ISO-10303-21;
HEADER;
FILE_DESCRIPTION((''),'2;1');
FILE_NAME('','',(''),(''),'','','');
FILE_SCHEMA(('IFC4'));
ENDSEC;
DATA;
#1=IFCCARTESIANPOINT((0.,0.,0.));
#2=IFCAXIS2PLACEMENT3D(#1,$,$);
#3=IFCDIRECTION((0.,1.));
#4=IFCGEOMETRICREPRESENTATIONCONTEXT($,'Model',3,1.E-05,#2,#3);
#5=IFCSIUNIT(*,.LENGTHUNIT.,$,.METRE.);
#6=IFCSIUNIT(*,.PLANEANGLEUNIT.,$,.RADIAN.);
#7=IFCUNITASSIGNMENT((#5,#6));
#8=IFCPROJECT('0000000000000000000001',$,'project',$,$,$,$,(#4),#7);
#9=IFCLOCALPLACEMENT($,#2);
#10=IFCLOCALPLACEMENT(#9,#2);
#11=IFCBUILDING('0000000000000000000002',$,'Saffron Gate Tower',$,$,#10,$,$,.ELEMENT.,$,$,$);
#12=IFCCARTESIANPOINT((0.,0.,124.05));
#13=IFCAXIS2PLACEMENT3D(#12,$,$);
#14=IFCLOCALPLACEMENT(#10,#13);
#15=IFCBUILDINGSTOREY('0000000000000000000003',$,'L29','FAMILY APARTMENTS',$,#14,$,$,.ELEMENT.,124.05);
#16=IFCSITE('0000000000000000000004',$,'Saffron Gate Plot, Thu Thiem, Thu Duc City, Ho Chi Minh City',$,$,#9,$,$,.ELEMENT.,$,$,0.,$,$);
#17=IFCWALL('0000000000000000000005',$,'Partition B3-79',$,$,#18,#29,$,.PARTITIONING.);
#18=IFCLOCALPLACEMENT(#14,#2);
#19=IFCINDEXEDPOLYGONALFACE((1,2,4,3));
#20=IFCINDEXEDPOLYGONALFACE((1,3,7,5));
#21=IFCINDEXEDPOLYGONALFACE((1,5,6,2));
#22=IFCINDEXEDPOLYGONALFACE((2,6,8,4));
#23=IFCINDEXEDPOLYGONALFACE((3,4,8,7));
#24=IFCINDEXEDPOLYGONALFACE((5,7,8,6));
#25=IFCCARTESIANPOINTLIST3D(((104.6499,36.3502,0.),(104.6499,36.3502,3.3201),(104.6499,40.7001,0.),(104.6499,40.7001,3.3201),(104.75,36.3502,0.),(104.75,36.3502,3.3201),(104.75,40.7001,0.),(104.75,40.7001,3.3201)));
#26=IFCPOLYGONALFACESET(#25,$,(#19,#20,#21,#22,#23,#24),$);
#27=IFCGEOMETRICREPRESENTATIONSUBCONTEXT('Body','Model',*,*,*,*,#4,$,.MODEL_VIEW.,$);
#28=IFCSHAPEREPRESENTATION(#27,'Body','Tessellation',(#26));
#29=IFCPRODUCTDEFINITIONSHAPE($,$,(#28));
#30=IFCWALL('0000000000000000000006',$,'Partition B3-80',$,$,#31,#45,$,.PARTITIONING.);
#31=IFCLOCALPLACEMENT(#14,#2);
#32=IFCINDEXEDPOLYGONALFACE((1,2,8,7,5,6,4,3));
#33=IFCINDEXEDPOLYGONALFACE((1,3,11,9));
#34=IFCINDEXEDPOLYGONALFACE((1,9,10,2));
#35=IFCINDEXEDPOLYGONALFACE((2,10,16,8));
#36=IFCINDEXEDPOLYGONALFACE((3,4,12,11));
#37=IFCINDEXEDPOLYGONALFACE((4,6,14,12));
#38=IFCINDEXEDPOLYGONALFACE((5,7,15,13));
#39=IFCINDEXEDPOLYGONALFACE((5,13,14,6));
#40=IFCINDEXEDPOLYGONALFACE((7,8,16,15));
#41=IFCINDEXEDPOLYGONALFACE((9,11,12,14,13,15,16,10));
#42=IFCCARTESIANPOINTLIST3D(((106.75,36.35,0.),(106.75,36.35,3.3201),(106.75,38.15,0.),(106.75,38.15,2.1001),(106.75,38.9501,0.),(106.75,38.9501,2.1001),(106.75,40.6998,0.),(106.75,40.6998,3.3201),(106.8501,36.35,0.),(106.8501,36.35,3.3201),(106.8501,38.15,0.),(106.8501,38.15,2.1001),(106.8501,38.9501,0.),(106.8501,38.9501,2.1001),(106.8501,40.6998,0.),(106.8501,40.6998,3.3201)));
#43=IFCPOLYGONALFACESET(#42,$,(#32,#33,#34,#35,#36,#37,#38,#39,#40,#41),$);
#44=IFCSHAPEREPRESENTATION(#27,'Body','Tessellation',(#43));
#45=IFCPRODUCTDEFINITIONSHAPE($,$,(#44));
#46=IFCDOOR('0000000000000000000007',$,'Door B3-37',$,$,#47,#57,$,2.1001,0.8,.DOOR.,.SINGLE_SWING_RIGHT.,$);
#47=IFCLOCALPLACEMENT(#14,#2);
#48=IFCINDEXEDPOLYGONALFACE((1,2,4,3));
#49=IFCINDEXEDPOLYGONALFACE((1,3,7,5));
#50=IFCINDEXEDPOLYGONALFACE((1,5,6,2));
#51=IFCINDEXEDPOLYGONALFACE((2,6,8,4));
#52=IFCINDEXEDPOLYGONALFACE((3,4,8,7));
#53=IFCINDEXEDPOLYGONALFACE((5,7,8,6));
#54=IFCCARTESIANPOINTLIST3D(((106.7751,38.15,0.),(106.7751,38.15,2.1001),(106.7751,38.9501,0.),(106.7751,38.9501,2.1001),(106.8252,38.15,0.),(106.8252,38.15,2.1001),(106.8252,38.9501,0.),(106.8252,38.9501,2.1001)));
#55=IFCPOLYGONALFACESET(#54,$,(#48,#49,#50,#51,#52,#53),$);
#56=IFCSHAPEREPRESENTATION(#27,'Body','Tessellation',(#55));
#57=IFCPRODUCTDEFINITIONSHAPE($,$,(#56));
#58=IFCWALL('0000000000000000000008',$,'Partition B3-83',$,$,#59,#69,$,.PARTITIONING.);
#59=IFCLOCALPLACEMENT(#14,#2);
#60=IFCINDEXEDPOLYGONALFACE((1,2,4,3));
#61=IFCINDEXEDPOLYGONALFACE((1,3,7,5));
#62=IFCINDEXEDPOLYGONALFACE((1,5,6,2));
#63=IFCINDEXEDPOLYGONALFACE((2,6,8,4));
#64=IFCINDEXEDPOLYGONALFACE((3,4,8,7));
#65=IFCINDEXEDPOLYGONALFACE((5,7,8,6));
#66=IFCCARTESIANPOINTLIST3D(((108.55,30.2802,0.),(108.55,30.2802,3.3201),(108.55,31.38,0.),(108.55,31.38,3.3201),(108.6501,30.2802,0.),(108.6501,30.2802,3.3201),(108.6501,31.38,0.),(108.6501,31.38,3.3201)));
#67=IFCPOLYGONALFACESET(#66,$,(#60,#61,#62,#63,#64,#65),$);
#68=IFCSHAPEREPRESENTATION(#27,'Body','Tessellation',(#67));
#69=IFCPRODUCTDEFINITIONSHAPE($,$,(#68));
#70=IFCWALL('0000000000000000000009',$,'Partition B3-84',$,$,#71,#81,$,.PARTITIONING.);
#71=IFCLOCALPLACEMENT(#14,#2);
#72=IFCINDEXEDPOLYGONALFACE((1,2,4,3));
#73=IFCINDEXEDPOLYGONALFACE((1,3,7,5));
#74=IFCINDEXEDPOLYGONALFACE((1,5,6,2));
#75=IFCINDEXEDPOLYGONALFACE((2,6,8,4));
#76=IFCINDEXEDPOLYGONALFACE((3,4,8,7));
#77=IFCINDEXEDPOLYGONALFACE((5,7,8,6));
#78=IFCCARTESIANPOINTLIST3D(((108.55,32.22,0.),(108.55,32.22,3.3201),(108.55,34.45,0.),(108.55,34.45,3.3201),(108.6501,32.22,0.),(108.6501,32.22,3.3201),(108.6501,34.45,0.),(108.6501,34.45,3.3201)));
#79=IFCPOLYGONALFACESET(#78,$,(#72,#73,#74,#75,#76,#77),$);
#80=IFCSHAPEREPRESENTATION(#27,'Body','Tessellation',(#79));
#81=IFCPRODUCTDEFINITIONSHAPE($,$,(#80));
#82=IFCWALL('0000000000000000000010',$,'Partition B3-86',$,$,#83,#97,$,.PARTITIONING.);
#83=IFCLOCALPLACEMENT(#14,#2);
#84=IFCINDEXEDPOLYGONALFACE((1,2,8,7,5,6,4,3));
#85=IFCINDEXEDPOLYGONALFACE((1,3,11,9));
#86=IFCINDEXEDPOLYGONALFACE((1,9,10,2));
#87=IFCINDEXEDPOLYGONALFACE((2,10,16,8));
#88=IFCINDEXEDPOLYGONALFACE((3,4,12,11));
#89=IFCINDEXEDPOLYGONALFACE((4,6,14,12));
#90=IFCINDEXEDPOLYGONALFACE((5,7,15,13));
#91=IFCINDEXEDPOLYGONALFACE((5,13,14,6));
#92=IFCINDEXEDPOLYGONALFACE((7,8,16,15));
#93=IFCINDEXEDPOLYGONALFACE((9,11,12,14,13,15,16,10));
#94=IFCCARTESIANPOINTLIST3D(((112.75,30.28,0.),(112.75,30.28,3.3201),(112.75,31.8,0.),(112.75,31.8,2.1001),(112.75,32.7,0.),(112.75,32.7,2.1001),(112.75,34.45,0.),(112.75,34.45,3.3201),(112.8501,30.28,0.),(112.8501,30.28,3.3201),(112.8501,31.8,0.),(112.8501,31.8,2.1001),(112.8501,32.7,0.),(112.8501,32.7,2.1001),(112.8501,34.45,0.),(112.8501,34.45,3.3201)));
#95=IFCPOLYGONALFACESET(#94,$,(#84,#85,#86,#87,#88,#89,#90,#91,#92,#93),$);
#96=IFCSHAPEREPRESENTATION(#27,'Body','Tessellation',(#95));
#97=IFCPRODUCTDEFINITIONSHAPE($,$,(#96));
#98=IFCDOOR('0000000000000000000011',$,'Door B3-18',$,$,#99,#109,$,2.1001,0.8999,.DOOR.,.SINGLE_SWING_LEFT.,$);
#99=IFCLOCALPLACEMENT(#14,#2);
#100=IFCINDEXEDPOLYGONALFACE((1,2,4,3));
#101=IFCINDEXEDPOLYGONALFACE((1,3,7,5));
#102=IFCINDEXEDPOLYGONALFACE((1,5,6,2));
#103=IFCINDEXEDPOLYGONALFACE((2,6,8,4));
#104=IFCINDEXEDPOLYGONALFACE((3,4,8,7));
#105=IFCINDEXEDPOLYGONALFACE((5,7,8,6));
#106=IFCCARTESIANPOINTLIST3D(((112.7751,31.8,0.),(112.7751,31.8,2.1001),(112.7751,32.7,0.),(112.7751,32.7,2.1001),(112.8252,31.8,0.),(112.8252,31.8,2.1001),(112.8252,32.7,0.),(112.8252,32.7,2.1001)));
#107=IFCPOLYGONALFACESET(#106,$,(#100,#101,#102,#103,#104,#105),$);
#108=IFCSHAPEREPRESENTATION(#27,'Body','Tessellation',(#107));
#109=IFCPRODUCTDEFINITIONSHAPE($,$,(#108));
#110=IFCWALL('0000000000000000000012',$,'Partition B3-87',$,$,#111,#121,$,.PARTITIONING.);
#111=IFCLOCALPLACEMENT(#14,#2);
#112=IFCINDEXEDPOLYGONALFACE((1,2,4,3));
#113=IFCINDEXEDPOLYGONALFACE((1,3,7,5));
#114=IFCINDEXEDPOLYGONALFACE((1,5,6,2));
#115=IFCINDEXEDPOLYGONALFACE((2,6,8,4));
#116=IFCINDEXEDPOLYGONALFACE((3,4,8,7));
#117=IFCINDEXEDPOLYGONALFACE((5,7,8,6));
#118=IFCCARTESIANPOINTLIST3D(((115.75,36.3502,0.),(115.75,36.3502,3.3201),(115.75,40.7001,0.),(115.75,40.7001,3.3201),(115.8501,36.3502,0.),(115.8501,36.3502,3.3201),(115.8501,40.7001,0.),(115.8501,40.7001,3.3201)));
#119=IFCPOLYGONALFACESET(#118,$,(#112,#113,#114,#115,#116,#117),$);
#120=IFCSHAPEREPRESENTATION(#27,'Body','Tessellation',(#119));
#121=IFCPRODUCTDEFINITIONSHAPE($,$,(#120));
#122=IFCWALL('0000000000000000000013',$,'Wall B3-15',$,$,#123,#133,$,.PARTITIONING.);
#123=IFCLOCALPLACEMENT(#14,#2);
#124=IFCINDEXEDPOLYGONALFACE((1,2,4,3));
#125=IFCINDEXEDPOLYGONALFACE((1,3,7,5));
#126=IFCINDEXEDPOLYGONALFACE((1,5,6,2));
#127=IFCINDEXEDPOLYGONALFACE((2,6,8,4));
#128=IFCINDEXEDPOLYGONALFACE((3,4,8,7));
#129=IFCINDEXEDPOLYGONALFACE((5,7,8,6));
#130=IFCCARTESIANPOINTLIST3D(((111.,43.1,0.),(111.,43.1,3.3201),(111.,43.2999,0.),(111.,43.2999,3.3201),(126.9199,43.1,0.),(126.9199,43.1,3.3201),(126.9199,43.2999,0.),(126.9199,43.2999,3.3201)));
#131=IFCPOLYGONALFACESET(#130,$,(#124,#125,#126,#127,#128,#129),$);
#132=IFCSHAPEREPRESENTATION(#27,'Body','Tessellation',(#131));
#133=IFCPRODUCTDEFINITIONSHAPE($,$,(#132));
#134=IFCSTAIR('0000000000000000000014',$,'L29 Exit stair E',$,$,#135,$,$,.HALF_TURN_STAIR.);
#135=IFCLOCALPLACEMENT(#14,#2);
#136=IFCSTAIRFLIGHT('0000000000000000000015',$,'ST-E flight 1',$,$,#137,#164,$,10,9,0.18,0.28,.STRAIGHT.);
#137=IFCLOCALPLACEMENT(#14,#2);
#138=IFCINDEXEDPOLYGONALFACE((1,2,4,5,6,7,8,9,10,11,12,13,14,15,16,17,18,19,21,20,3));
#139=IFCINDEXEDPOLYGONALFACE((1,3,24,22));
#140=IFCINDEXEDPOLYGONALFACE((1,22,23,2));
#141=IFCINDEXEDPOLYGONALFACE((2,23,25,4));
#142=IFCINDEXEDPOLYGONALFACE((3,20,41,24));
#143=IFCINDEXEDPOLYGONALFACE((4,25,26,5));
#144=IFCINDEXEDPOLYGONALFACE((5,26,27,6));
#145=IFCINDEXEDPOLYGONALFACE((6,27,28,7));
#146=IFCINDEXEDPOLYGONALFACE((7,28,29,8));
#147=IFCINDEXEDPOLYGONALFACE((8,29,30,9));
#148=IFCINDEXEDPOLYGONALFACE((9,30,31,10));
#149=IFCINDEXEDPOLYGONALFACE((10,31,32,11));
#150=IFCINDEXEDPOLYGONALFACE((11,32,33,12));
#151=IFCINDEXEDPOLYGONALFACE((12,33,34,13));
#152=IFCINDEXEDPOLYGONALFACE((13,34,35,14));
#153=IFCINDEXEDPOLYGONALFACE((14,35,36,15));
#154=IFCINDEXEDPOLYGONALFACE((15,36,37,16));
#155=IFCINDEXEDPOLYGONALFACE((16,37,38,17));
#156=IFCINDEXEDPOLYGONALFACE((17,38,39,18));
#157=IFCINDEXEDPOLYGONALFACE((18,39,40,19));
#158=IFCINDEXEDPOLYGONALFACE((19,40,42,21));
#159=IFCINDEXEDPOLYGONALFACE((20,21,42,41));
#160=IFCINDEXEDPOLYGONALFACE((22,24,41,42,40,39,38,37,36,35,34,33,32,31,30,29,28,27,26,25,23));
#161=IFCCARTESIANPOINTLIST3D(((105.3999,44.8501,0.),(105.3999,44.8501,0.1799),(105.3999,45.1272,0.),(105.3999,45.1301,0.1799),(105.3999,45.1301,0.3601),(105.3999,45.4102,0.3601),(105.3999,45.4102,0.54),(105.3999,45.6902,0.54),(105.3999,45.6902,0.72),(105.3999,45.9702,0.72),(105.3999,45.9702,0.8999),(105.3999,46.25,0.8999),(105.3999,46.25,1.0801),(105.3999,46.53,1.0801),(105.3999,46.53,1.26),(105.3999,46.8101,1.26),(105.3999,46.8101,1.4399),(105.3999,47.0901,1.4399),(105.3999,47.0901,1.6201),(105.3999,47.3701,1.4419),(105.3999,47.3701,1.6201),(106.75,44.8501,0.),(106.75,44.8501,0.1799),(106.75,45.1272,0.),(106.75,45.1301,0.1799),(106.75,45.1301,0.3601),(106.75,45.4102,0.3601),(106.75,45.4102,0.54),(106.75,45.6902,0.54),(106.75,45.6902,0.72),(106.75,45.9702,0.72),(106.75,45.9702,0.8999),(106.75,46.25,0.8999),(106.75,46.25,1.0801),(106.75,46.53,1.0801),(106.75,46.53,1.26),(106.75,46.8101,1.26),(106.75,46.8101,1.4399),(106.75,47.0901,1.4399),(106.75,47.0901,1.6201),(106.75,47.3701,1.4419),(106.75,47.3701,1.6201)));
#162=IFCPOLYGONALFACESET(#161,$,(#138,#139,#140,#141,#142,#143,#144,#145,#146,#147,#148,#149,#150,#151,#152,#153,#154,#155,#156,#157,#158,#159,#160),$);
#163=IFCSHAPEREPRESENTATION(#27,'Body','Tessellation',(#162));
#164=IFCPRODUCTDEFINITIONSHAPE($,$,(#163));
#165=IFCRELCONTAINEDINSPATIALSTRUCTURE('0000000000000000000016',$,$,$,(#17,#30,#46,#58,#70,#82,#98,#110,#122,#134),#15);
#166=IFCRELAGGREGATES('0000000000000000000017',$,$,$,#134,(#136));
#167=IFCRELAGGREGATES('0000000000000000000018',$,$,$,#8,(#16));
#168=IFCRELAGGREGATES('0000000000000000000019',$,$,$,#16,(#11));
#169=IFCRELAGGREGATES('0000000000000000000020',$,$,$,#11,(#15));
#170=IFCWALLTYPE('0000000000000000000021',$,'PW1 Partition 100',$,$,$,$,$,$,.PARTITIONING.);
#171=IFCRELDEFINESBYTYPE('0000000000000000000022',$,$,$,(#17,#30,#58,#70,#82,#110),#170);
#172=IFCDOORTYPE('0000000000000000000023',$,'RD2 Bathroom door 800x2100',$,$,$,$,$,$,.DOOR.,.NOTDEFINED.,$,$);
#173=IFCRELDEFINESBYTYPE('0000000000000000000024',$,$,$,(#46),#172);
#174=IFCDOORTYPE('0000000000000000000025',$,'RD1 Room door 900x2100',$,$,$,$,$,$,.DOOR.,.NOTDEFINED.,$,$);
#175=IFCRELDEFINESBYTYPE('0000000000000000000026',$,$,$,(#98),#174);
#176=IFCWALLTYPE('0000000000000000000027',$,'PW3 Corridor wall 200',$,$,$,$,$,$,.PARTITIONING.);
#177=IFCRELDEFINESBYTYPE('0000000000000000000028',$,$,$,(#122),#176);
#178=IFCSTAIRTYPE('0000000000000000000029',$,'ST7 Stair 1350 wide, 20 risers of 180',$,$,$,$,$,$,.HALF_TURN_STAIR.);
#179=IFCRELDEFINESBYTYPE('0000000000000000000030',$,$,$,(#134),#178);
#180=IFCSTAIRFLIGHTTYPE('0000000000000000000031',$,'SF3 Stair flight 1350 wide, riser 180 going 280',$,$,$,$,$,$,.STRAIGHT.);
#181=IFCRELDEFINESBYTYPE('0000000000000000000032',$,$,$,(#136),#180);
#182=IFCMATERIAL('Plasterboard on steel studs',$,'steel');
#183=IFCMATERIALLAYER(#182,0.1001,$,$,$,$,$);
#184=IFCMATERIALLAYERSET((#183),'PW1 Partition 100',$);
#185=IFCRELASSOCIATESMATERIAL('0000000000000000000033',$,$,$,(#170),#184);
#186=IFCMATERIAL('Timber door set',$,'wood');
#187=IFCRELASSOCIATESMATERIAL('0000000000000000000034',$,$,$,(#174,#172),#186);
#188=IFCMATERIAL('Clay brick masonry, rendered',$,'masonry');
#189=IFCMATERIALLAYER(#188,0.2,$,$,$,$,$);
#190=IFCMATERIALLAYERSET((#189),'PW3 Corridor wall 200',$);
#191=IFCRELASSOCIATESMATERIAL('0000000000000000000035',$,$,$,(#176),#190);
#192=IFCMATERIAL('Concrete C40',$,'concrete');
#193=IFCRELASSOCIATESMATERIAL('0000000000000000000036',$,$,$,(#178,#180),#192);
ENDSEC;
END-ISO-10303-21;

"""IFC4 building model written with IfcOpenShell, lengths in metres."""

from ifc_helpers import new_model, si_unit, direction, frame, frame_2d, origin, place, context, subcontext, project, spatial, polyline, rectangle, outline, extrude, material, layer, layer_set, type_object, element, fill, aggregate, save


model = new_model("IFC4")

# Units and contexts
model_context = context("Model", 3, precision=1e-05, world=origin(), true_north=direction((0.0, 1.0)))
body_context = subcontext(model_context, "Body", "Model", "MODEL_VIEW")
ifc_project = project(units=[si_unit("LENGTHUNIT", "METRE"), si_unit("PLANEANGLEUNIT", "RADIAN")], contexts=[model_context])

# Site, building, storey
site_placement = place(None, origin())
site = spatial("IfcSite", under=ifc_project, at=site_placement, Name="Saffron Gate Plot, Thu Thiem, Thu Duc City, Ho Chi Minh City", CompositionType="ELEMENT", RefElevation=0.0)
building_placement = place(site_placement, origin())
building = spatial("IfcBuilding", under=site, at=building_placement, Name="Saffron Gate Tower", CompositionType="ELEMENT")
storey_placement = place(building_placement, frame((0.0, 0.0, 124.05)))
storey = spatial("IfcBuildingStorey", under=building, at=storey_placement, Name="L29", Description="FAMILY APARTMENTS", CompositionType="ELEMENT", Elevation=124.05)

# Shared definitions
ifc_material_1 = material(Name="Plasterboard on steel studs", Category="steel")
ifc_layer_1 = layer(ifc_material_1, 0.1001)
ifc_layer_set_1 = layer_set([ifc_layer_1], Name="PW1 Partition 100")
wall_type_1 = type_object("IfcWallType", Name="PW1 Partition 100", PredefinedType="PARTITIONING", material=ifc_layer_set_1)
ifc_material_2 = material(Name="Timber door set", Category="wood")
door_type_1 = type_object("IfcDoorType", Name="RD1 Room door 900x2100", OperationType="NOTDEFINED", PredefinedType="DOOR", material=ifc_material_2)

# Wall
wall_1_placement = place(storey_placement, frame((104.7, 40.7, 0.0), z_axis=(0.0, 0.0, 1.0), x_axis=(0.0, -1.0, 0.0)))
element("IfcWall", 1, at=wall_1_placement, inside=storey, type_object=wall_type_1, Name="Partition B3-79", PredefinedType="PARTITIONING", context=body_context, shape_type="SweptSolid", body=[
    extrude(rectangle(XDim=4.3499, YDim=0.1001, at=frame_2d((2.1748, 0.0))), origin(), (0.0, 0.0, 1.0), 3.3201),
])

# Wall, opening, door
wall_2_placement = place(storey_placement, frame((106.8, 36.3501, 0.0), z_axis=(0.0, 0.0, 1.0), x_axis=(0.0, 1.0, 0.0)))
wall_2 = element("IfcWall", 2, at=wall_2_placement, inside=storey, type_object=wall_type_1, Name="Partition B3-80", PredefinedType="PARTITIONING", context=body_context, shape_type="SweptSolid", body=[
    extrude(rectangle(XDim=4.3499, YDim=0.1001, at=frame_2d((2.1748, 0.0))), origin(), (0.0, 0.0, 1.0), 3.3201),
])
opening_1_placement = place(wall_2_placement, frame((1.8, 0.0, 0.0)))
opening_1 = element("IfcOpeningElement", 3, at=opening_1_placement, cuts=wall_2, PredefinedType="OPENING", context=body_context, shape_type="SweptSolid", body=[
    extrude(rectangle(XDim=0.8, YDim=2.1001, at=frame_2d((0.3999, 1.05))), frame((0.0, 0.0601, 0.0), z_axis=(0.0, -1.0, 0.0), x_axis=(1.0, 0.0, 0.0)), (0.0, 0.0, 1.0), 0.1201),
])
door_type_2 = type_object("IfcDoorType", Name="RD2 Bathroom door 800x2100", OperationType="NOTDEFINED", PredefinedType="DOOR", material=ifc_material_2)
door_1_placement = place(opening_1_placement, origin())
door_1 = element("IfcDoor", 4, at=door_1_placement, inside=storey, type_object=door_type_2, Name="Door B3-37", OperationType="SINGLE_SWING_RIGHT", OverallHeight=2.1001, OverallWidth=0.8, PredefinedType="DOOR", context=body_context, shape_type="SweptSolid", body=[
    extrude(rectangle(XDim=0.8, YDim=2.1001, at=frame_2d((0.3999, 1.05))), frame((0.0, 0.0249, 0.0), z_axis=(0.0, -1.0, 0.0), x_axis=(1.0, 0.0, 0.0)), (0.0, 0.0, 1.0), 0.05),
])
fill(opening_1, door_1)

# Walls
wall_3_placement = place(storey_placement, frame((108.6001, 31.3799, 0.0), z_axis=(0.0, 0.0, 1.0), x_axis=(0.0, -1.0, 0.0)))
element("IfcWall", 5, at=wall_3_placement, inside=storey, type_object=wall_type_1, Name="Partition B3-83", PredefinedType="PARTITIONING", context=body_context, shape_type="SweptSolid", body=[
    extrude(rectangle(XDim=1.0999, YDim=0.1001, at=frame_2d((0.5498, 0.0))), origin(), (0.0, 0.0, 1.0), 3.3201),
])
wall_4_placement = place(storey_placement, frame((108.6001, 34.45, 0.0), z_axis=(0.0, 0.0, 1.0), x_axis=(0.0, -1.0, 0.0)))
element("IfcWall", 6, at=wall_4_placement, inside=storey, type_object=wall_type_1, Name="Partition B3-84", PredefinedType="PARTITIONING", context=body_context, shape_type="SweptSolid", body=[
    extrude(rectangle(XDim=2.23, YDim=0.1001, at=frame_2d((1.115, 0.0))), origin(), (0.0, 0.0, 1.0), 3.3201),
])

# Wall, opening, door
wall_5_placement = place(storey_placement, frame((112.8, 30.28, 0.0), z_axis=(0.0, 0.0, 1.0), x_axis=(0.0, 1.0, 0.0)))
wall_5 = element("IfcWall", 7, at=wall_5_placement, inside=storey, type_object=wall_type_1, Name="Partition B3-86", PredefinedType="PARTITIONING", context=body_context, shape_type="SweptSolid", body=[
    extrude(rectangle(XDim=4.1699, YDim=0.1001, at=frame_2d((2.085, 0.0))), origin(), (0.0, 0.0, 1.0), 3.3201),
])
opening_2_placement = place(wall_5_placement, frame((1.52, 0.0, 0.0)))
opening_2 = element("IfcOpeningElement", 8, at=opening_2_placement, cuts=wall_5, PredefinedType="OPENING", context=body_context, shape_type="SweptSolid", body=[
    extrude(rectangle(XDim=0.8999, YDim=2.1001, at=frame_2d((0.45, 1.05))), frame((0.0, 0.0601, 0.0), z_axis=(0.0, -1.0, 0.0), x_axis=(1.0, 0.0, 0.0)), (0.0, 0.0, 1.0), 0.1201),
])
door_2_placement = place(opening_2_placement, origin())
door_2 = element("IfcDoor", 9, at=door_2_placement, inside=storey, type_object=door_type_1, Name="Door B3-18", OperationType="SINGLE_SWING_LEFT", OverallHeight=2.1001, OverallWidth=0.8999, PredefinedType="DOOR", context=body_context, shape_type="SweptSolid", body=[
    extrude(rectangle(XDim=0.8999, YDim=2.1001, at=frame_2d((0.45, 1.05))), frame((0.0, 0.0249, 0.0), z_axis=(0.0, -1.0, 0.0), x_axis=(1.0, 0.0, 0.0)), (0.0, 0.0, 1.0), 0.05),
])
fill(opening_2, door_2)

# Walls
wall_6_placement = place(storey_placement, frame((115.8, 40.7, 0.0), z_axis=(0.0, 0.0, 1.0), x_axis=(0.0, -1.0, 0.0)))
element("IfcWall", 10, at=wall_6_placement, inside=storey, type_object=wall_type_1, Name="Partition B3-87", PredefinedType="PARTITIONING", context=body_context, shape_type="SweptSolid", body=[
    extrude(rectangle(XDim=4.3499, YDim=0.1001, at=frame_2d((2.1748, 0.0))), origin(), (0.0, 0.0, 1.0), 3.3201),
])
ifc_material_3 = material(Name="Clay brick masonry, rendered", Category="masonry")
ifc_layer_2 = layer(ifc_material_3, 0.2)
ifc_layer_set_2 = layer_set([ifc_layer_2], Name="PW3 Corridor wall 200")
wall_type_2 = type_object("IfcWallType", Name="PW3 Corridor wall 200", PredefinedType="PARTITIONING", material=ifc_layer_set_2)
wall_7_placement = place(storey_placement, frame((111.0, 43.2, 0.0), z_axis=(0.0, 0.0, 1.0), x_axis=(1.0, 0.0, 0.0)))
element("IfcWall", 11, at=wall_7_placement, inside=storey, type_object=wall_type_2, Name="Wall B3-15", PredefinedType="PARTITIONING", context=body_context, shape_type="SweptSolid", body=[
    extrude(rectangle(XDim=15.9199, YDim=0.2, at=frame_2d((7.96, 0.0))), origin(), (0.0, 0.0, 1.0), 3.3201),
])

# Stair, stair flight
ifc_material_4 = material(Name="Concrete C40", Category="concrete")
stair_type = type_object("IfcStairType", Name="ST7 Stair 1350 wide, 20 risers of 180", PredefinedType="HALF_TURN_STAIR", material=ifc_material_4)
stair_placement = place(storey_placement, origin())
stair = element("IfcStair", 12, at=stair_placement, inside=storey, type_object=stair_type, Name="L29 Exit stair E", PredefinedType="HALF_TURN_STAIR")
stair_flight_type = type_object("IfcStairFlightType", Name="SF3 Stair flight 1350 wide, riser 180 going 280", PredefinedType="STRAIGHT", material=ifc_material_4)
stair_flight_placement = place(storey_placement, frame((106.075, 44.8501, 0.0), z_axis=(0.0, 0.0, 1.0), x_axis=(0.0, 1.0, 0.0)))
stair_flight = element("IfcStairFlight", 13, at=stair_flight_placement, type_object=stair_flight_type, Name="ST-E flight 1", NumberOfRisers=10, NumberOfTreads=9, PredefinedType="STRAIGHT", RiserHeight=0.18, TreadLength=0.28, context=body_context, shape_type="SweptSolid", body=[
    extrude(outline(polyline([(0.0, 0.0), (0.0, 0.1799), (0.28, 0.1799), (0.28, 0.3601), (0.5601, 0.3601), (0.5601, 0.54), (0.8401, 0.54), (0.8401, 0.72), (1.1201, 0.72), (1.1201, 0.8999), (1.3999, 0.8999), (1.3999, 1.0801), (1.6799, 1.0801), (1.6799, 1.26), (1.96, 1.26), (1.96, 1.4399), (2.24, 1.4399), (2.24, 1.6201), (2.52, 1.6201), (2.52, 1.8), (2.52, 1.4419), (0.2771, 0.0), (0.0, 0.0)])), frame((0.0, 0.675, 0.0), z_axis=(0.0, -1.0, 0.0), x_axis=(1.0, 0.0, 0.0)), (0.0, 0.0, 1.0), 1.3501),
])
aggregate(stair, [stair_flight])

save(model, "model.ifc")
